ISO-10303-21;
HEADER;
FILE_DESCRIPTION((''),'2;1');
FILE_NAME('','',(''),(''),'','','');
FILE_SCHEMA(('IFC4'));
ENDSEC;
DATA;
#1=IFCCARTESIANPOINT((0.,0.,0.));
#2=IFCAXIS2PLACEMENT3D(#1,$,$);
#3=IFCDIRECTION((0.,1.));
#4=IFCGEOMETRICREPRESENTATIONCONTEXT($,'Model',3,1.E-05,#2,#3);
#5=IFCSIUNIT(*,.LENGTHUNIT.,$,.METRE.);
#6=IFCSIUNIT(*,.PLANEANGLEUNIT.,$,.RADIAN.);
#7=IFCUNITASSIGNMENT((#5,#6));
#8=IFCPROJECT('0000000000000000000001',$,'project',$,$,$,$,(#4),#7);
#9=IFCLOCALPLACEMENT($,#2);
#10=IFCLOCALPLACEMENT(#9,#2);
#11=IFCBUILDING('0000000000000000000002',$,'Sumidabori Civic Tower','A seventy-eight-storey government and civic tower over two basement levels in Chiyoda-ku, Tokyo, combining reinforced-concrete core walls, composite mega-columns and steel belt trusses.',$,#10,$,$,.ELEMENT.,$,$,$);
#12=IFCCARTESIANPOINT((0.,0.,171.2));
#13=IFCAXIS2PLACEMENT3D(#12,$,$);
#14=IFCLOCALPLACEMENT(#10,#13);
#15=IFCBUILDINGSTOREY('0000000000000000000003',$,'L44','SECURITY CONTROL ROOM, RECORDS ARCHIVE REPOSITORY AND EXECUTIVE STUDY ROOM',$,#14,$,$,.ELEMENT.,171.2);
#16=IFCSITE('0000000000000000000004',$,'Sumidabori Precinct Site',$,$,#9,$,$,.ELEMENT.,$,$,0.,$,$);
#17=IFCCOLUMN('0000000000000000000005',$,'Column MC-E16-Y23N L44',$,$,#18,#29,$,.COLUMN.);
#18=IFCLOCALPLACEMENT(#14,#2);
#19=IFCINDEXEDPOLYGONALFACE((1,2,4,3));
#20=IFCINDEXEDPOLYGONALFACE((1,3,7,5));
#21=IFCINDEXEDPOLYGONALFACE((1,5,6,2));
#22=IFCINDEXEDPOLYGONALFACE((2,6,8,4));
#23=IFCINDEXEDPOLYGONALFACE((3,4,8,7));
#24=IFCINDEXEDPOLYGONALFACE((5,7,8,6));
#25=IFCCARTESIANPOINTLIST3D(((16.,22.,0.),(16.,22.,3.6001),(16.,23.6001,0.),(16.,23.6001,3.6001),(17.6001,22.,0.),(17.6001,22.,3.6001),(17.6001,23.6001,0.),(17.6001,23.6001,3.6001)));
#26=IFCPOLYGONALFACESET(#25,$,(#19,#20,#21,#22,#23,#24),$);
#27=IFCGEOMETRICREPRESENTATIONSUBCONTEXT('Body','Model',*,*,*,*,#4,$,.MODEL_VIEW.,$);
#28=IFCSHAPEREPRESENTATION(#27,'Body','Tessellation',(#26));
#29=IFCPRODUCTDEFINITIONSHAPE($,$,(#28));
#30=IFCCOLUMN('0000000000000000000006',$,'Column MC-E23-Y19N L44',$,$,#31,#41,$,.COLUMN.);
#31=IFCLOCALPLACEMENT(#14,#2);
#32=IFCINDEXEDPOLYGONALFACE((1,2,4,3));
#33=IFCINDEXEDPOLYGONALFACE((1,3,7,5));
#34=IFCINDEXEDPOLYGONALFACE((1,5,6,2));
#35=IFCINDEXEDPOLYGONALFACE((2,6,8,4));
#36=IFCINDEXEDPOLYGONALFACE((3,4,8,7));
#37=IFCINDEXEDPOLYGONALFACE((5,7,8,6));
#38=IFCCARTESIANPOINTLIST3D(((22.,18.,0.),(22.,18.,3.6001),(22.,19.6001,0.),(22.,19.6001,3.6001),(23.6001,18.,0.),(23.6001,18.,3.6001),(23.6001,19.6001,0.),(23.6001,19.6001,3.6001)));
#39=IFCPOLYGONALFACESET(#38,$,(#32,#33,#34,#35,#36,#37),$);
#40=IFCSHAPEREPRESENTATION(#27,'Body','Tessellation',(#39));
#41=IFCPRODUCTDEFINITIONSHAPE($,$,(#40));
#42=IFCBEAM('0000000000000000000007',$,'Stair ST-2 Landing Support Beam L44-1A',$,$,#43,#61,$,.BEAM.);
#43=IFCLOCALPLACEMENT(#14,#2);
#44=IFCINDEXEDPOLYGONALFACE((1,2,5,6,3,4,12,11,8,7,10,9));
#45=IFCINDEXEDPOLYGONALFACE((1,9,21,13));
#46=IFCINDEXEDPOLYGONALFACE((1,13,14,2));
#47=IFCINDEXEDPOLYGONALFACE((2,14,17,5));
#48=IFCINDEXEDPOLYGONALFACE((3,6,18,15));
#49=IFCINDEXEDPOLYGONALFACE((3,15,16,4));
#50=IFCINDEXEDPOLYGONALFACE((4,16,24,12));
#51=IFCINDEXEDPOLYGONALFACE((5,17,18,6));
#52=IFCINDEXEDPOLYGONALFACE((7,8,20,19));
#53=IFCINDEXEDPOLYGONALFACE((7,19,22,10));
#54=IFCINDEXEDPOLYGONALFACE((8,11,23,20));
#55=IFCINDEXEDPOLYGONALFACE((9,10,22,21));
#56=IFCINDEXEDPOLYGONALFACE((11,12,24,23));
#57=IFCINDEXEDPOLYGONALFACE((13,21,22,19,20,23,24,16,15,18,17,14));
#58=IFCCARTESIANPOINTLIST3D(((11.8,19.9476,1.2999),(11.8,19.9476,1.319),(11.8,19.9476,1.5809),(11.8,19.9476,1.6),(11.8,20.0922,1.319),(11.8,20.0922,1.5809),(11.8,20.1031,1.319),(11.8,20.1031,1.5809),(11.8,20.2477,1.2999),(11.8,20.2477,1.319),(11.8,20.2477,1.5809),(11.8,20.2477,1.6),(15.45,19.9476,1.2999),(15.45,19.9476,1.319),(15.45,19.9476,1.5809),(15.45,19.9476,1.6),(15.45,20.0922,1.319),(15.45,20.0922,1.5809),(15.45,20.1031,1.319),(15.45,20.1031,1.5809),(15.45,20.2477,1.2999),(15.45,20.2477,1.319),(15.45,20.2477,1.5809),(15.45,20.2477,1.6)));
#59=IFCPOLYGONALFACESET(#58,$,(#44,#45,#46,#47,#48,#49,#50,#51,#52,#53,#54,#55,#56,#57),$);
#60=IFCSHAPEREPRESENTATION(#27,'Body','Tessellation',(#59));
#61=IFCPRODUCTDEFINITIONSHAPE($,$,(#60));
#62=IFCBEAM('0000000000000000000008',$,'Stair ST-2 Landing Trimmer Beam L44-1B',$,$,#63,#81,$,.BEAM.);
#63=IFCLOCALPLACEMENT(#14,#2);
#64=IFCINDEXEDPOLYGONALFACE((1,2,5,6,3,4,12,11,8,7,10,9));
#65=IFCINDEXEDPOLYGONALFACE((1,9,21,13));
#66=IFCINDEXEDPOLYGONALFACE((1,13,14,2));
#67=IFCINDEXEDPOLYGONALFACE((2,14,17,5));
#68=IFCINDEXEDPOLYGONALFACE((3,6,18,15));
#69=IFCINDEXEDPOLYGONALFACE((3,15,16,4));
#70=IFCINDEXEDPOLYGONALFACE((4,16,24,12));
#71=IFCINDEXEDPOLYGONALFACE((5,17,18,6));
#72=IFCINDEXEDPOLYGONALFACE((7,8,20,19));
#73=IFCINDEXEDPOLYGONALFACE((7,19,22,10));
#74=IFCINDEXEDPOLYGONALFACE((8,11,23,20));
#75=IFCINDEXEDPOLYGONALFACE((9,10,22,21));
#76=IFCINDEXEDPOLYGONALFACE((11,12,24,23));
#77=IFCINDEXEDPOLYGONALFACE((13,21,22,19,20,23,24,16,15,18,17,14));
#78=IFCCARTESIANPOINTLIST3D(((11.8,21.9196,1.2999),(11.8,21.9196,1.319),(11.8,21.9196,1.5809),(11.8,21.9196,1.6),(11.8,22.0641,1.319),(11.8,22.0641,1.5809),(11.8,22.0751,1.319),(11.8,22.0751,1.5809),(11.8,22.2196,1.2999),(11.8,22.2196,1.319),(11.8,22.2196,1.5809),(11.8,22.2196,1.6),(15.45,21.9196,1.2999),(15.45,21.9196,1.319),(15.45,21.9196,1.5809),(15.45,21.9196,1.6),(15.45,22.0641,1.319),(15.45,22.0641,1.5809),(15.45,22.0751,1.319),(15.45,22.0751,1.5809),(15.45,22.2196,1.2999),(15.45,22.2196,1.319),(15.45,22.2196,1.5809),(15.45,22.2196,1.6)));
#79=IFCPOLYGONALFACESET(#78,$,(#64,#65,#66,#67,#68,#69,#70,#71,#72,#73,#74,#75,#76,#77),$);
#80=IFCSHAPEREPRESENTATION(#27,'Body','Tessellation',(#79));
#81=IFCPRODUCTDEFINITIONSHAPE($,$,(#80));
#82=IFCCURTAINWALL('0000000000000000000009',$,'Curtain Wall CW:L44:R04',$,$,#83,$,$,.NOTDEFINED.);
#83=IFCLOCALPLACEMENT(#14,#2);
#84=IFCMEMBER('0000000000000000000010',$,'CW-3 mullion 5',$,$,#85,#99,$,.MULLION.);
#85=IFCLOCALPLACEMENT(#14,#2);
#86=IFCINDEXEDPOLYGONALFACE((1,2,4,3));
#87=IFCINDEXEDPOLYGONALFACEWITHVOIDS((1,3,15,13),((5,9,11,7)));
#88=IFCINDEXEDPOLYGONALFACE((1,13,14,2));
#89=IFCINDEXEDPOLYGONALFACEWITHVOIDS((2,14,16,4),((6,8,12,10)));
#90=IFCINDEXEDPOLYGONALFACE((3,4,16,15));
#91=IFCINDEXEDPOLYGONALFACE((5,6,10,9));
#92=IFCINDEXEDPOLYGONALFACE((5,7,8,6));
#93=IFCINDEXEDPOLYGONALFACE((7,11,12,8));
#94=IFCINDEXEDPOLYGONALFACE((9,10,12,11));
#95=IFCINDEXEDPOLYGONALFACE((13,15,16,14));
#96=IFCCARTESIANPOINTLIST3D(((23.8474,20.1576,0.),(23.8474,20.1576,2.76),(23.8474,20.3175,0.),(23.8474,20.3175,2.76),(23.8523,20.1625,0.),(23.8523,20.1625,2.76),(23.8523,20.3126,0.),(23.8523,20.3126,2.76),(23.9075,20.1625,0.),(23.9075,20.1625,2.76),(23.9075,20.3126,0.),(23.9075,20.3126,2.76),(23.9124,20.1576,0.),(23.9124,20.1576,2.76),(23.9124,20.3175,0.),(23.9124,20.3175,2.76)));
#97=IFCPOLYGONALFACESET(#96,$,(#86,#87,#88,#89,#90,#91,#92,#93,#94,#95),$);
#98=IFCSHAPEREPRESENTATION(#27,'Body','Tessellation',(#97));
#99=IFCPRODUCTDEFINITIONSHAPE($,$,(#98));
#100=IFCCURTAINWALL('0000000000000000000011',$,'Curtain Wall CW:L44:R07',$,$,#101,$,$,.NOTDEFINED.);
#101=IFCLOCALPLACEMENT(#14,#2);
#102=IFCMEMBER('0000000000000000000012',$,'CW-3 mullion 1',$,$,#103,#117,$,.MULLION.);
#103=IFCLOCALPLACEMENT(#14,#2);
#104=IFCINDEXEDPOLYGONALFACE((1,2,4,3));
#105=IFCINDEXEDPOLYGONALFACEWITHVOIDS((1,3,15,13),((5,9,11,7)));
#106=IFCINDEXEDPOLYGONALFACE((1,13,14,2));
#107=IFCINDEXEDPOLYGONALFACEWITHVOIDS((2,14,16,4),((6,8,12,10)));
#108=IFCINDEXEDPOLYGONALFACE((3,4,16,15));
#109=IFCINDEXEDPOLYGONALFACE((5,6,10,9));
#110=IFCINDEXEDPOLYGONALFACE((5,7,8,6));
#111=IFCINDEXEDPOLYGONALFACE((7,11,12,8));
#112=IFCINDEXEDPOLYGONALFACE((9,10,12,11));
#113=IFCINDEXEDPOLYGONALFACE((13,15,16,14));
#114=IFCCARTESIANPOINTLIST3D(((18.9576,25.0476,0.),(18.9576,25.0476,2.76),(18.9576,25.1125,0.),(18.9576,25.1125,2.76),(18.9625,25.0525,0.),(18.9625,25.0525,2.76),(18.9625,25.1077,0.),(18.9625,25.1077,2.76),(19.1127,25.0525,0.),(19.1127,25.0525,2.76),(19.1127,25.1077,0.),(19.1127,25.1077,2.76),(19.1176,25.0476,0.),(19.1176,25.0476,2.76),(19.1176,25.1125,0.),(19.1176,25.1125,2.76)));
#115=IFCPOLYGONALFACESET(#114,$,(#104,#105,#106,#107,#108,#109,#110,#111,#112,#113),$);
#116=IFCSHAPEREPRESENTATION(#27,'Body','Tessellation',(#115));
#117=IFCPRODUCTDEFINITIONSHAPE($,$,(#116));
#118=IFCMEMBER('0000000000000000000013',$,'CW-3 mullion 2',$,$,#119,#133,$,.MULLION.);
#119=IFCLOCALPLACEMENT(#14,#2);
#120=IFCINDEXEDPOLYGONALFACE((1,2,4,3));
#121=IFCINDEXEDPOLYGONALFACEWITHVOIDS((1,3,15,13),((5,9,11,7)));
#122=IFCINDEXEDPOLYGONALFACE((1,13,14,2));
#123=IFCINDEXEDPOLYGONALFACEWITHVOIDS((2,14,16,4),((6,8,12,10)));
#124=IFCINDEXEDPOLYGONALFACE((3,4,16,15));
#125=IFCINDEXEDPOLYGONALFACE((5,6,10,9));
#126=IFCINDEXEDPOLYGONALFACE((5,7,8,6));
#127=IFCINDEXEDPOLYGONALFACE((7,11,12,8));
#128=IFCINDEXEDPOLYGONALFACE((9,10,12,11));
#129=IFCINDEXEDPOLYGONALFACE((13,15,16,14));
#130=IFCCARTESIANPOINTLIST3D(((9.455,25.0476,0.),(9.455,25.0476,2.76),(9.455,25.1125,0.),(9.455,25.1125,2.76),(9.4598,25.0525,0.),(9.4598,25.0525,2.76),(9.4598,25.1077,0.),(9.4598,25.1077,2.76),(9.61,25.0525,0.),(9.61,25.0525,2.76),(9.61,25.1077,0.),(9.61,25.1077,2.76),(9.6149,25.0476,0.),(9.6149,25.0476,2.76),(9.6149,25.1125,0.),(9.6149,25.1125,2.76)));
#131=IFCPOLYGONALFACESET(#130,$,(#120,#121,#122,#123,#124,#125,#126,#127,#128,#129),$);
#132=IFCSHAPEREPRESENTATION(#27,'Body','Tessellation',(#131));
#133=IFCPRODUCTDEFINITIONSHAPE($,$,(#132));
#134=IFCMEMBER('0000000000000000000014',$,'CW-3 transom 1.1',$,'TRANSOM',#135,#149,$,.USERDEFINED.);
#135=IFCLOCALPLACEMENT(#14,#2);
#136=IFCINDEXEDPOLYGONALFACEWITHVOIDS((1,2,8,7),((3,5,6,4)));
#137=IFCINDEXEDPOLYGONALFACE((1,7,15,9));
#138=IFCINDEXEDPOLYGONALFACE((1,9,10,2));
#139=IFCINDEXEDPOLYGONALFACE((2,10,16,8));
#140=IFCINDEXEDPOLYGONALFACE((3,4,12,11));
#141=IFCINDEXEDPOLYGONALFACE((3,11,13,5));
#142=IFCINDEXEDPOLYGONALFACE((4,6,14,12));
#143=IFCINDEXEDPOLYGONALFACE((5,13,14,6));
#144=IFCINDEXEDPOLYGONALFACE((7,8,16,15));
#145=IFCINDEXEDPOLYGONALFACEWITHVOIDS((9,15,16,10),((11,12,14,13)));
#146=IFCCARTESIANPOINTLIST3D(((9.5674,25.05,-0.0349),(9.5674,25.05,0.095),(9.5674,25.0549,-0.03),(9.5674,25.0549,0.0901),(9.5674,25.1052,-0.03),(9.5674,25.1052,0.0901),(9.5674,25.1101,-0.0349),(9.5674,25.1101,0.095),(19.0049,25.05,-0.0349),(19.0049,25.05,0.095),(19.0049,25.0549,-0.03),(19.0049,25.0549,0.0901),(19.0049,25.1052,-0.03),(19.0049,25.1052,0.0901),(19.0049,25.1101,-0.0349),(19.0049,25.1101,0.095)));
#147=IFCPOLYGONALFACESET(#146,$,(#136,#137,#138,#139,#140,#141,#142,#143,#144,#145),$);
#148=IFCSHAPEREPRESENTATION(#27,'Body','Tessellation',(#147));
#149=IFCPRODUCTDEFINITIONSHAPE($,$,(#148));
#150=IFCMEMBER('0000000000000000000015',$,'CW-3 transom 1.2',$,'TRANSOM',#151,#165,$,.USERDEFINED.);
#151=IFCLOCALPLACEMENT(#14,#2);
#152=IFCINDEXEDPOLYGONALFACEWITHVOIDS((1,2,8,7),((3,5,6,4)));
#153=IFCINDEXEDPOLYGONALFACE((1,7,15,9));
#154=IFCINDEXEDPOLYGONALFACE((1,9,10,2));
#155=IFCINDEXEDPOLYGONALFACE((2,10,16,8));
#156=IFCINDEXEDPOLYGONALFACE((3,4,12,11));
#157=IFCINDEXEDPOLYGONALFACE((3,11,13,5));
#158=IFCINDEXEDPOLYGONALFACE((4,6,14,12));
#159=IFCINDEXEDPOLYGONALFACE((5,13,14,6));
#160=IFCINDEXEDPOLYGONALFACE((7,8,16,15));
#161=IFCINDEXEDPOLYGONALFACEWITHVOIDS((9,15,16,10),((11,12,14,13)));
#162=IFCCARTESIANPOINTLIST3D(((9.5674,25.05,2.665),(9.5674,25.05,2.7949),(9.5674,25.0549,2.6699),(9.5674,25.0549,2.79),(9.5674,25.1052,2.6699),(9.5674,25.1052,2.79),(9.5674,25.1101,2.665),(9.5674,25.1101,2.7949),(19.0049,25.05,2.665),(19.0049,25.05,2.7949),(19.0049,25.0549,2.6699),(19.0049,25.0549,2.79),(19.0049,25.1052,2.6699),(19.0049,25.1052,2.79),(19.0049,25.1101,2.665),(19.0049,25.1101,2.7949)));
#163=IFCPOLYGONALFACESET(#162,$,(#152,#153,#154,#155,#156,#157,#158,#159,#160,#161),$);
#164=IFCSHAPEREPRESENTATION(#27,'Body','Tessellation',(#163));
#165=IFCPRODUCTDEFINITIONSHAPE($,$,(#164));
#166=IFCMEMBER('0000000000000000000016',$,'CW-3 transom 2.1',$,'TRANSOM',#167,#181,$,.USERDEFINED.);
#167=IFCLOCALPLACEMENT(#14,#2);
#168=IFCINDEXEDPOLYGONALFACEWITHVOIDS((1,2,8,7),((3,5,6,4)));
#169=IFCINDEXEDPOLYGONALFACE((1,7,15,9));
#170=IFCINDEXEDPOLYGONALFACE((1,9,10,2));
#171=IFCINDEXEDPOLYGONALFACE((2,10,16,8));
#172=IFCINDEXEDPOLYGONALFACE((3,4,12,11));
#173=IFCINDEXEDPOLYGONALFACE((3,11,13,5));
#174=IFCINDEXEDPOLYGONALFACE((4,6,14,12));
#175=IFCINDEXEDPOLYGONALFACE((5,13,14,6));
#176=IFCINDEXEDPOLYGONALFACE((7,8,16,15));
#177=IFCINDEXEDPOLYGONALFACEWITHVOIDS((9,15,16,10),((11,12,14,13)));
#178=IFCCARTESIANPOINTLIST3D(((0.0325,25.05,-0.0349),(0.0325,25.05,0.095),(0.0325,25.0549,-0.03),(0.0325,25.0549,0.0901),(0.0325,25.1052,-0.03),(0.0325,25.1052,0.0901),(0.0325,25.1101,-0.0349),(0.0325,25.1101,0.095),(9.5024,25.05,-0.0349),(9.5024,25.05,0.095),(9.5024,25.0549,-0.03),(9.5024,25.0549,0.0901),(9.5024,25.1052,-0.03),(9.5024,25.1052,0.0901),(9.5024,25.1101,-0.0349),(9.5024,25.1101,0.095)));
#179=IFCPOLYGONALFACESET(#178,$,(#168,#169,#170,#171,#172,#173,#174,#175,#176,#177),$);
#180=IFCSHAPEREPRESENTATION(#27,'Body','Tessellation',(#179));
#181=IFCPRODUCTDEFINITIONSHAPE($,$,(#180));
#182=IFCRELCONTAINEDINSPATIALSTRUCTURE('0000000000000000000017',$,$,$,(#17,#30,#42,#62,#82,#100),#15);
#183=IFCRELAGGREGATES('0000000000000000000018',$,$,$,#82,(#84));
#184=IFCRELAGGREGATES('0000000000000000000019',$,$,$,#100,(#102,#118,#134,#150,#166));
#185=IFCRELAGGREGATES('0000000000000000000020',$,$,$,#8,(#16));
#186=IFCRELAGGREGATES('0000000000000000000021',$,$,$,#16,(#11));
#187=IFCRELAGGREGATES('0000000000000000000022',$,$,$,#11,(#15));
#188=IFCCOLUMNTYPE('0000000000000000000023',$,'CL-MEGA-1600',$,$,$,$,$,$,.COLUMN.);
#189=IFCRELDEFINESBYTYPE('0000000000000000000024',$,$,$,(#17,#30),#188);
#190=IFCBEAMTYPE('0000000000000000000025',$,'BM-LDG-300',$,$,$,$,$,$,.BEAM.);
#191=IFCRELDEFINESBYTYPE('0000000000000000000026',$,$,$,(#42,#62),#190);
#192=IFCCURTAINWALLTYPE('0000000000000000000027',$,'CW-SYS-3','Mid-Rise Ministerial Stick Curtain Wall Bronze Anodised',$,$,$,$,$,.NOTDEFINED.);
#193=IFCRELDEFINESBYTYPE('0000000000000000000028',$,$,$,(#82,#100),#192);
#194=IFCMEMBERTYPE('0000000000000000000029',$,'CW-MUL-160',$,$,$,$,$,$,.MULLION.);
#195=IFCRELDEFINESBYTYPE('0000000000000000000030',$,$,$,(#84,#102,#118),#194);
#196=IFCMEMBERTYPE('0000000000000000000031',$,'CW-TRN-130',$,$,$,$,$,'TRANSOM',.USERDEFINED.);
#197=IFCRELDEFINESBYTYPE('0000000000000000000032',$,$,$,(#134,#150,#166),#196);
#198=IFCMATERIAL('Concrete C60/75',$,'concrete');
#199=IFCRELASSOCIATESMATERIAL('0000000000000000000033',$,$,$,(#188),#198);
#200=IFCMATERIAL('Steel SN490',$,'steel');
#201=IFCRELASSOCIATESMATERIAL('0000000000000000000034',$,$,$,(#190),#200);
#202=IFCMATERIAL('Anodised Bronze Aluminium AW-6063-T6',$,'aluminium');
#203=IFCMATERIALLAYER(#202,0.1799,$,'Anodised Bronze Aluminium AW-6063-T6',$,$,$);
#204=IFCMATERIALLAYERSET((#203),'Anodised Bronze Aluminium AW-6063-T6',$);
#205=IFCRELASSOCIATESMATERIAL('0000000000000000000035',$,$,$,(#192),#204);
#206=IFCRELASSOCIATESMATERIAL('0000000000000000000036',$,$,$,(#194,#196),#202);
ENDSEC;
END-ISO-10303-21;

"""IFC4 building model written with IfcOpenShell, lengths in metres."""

from ifc_helpers import new_model, si_unit, direction, frame, origin, origin_2d, place, context, subcontext, project, spatial, rectangle, hollow_rectangle, i_section, extrude, source, transform, mapped, material, layer, layer_set, material_profile, profile_set, type_object, element, aggregate, save


model = new_model("IFC4")

# Units and contexts
model_context = context("Model", 3, precision=1e-05, world=origin(), true_north=direction((0.0, 1.0)))
body_context = subcontext(model_context, "Body", "Model", "MODEL_VIEW")
ifc_project = project(units=[si_unit("LENGTHUNIT", "METRE"), si_unit("PLANEANGLEUNIT", "RADIAN")], contexts=[model_context])

# Site, building, storey
site_placement = place(None, origin())
site = spatial("IfcSite", under=ifc_project, at=site_placement, Name="Sumidabori Precinct Site", CompositionType="ELEMENT", RefElevation=0.0)
building_placement = place(site_placement, origin())
building = spatial("IfcBuilding", under=site, at=building_placement, Name="Sumidabori Civic Tower", Description="A seventy-eight-storey government and civic tower over two basement levels in Chiyoda-ku, Tokyo, combining reinforced-concrete core walls, composite mega-columns and steel belt trusses.", CompositionType="ELEMENT")
storey_placement = place(building_placement, frame((0.0, 0.0, 171.2)))
storey = spatial("IfcBuildingStorey", under=building, at=storey_placement, Name="L44", Description="SECURITY CONTROL ROOM, RECORDS ARCHIVE REPOSITORY AND EXECUTIVE STUDY ROOM", CompositionType="ELEMENT", Elevation=171.2)

# Columns
ifc_material_1 = material(Name="Concrete C60/75", Category="concrete")
ifc_material_profile_1 = material_profile(ifc_material_1, rectangle(XDim=1.6001, YDim=1.6001, at=origin_2d()), Name="RC 1600x1600")
ifc_profile_set_1 = profile_set([ifc_material_profile_1], Name="Concrete C60/75")
column_type = type_object("IfcColumnType", Name="CL-MEGA-1600", PredefinedType="COLUMN", material=ifc_profile_set_1)
shared_shape_1 = source(origin(), body_context, "Body", "SweptSolid", [
    extrude(rectangle(XDim=1.6001, YDim=1.6001, at=origin_2d()), origin(), (0.0, 0.0, 1.0), 3.6001),
])
for number, where, z_axis, x_axis, name in (
    (1, (16.8, 22.8, 0.0), (0.0, 0.0, 1.0), (1.0, 0.0, 0.0), "Column MC-E16-Y23N L44"),
    (2, (22.8, 18.8, 0.0), (0.0, 0.0, 1.0), (1.0, 0.0, 0.0), "Column MC-E23-Y19N L44"),
):
    element("IfcColumn", number, at=place(storey_placement, frame(where, z_axis=z_axis, x_axis=x_axis)), inside=storey, type_object=column_type, Name=name, PredefinedType="COLUMN", context=body_context, shape_type="MappedRepresentation", body=[
        mapped(shared_shape_1, transform((0.0, 0.0, 0.0), x_axis=(1.0, 0.0, 0.0), y_axis=(0.0, 1.0, 0.0), z_axis=(0.0, 0.0, 1.0), scale=1.0)),
    ])

# Beams
ifc_material_2 = material(Name="Steel SN490", Category="steel")
ifc_material_profile_2 = material_profile(ifc_material_2, i_section(OverallWidth=0.3, OverallDepth=0.3, WebThickness=0.011, FlangeThickness=0.019, at=origin_2d()), Name="HE 300 B")
ifc_profile_set_2 = profile_set([ifc_material_profile_2], Name="Steel SN490")
beam_type = type_object("IfcBeamType", Name="BM-LDG-300", PredefinedType="BEAM", material=ifc_profile_set_2)
shared_shape_2 = source(origin(), body_context, "Body", "SweptSolid", [
    extrude(i_section(OverallWidth=0.3, OverallDepth=0.3, WebThickness=0.011, FlangeThickness=0.019, at=origin_2d()), origin(), (0.0, 0.0, 1.0), 3.6499),
])
for number, where, z_axis, x_axis, name in (
    (3, (11.8, 20.0977, 1.45), (1.0, 0.0, 0.0), (0.0, 1.0, 0.0), "Stair ST-2 Landing Support Beam L44-1A"),
    (4, (11.8, 22.0696, 1.45), (1.0, 0.0, 0.0), (0.0, 1.0, 0.0), "Stair ST-2 Landing Trimmer Beam L44-1B"),
):
    element("IfcBeam", number, at=place(storey_placement, frame(where, z_axis=z_axis, x_axis=x_axis)), inside=storey, type_object=beam_type, Name=name, PredefinedType="BEAM", context=body_context, shape_type="MappedRepresentation", body=[
        mapped(shared_shape_2, transform((0.0, 0.0, 0.0), x_axis=(1.0, 0.0, 0.0), y_axis=(0.0, 1.0, 0.0), z_axis=(0.0, 0.0, 1.0), scale=1.0)),
    ])

# Curtain wall, member
ifc_material_3 = material(Name="Anodised Bronze Aluminium AW-6063-T6", Category="aluminium")
ifc_layer_1 = layer(ifc_material_3, 0.1799, Name="Anodised Bronze Aluminium AW-6063-T6")
ifc_layer_set_1 = layer_set([ifc_layer_1], Name="Anodised Bronze Aluminium AW-6063-T6")
curtain_wall_type = type_object("IfcCurtainWallType", Name="CW-SYS-3", Description="Mid-Rise Ministerial Stick Curtain Wall Bronze Anodised", PredefinedType="NOTDEFINED", material=ifc_layer_set_1)
curtain_wall_1_placement = place(storey_placement, origin())
curtain_wall_1 = element("IfcCurtainWall", 5, at=curtain_wall_1_placement, inside=storey, type_object=curtain_wall_type, Name="Curtain Wall CW:L44:R04", PredefinedType="NOTDEFINED")
ifc_material_profile_3 = material_profile(ifc_material_3, hollow_rectangle(XDim=0.0649, YDim=0.1599, WallThickness=0.0049, at=origin_2d()), Name="ALU MULLION 160x65")
ifc_profile_set_3 = profile_set([ifc_material_profile_3], Name="Anodised Bronze Aluminium AW-6063-T6")
member_type_1 = type_object("IfcMemberType", Name="CW-MUL-160", PredefinedType="MULLION", material=ifc_profile_set_3)
shared_shape_3 = source(origin(), body_context, "Body", "SweptSolid", [
    extrude(hollow_rectangle(XDim=0.0649, YDim=0.1599, WallThickness=0.0049, at=origin_2d()), origin(), (0.0, 0.0, 1.0), 2.76),
])
member_1_placement = place(storey_placement, frame((23.8799, 20.2375, 0.0), z_axis=(0.0, 0.0, 1.0), x_axis=(-1.0, 0.0, 0.0)))
member_1 = element("IfcMember", 6, at=member_1_placement, type_object=member_type_1, Name="CW-3 mullion 5", PredefinedType="MULLION", context=body_context, shape_type="MappedRepresentation", body=[
    mapped(shared_shape_3, transform((0.0, 0.0, 0.0), x_axis=(1.0, 0.0, 0.0), y_axis=(0.0, 1.0, 0.0), z_axis=(0.0, 0.0, 1.0), scale=1.0)),
])

# Curtain wall, members
curtain_wall_2_placement = place(storey_placement, origin())
curtain_wall_2 = element("IfcCurtainWall", 7, at=curtain_wall_2_placement, inside=storey, type_object=curtain_wall_type, Name="Curtain Wall CW:L44:R07", PredefinedType="NOTDEFINED")
member_2_placement = place(storey_placement, frame((19.0376, 25.0801, 0.0), z_axis=(0.0, 0.0, 1.0), x_axis=(0.0, -1.0, 0.0)))
member_2 = element("IfcMember", 8, at=member_2_placement, type_object=member_type_1, Name="CW-3 mullion 1", PredefinedType="MULLION", context=body_context, shape_type="MappedRepresentation", body=[
    mapped(shared_shape_3, transform((0.0, 0.0, 0.0), x_axis=(1.0, 0.0, 0.0), y_axis=(0.0, 1.0, 0.0), z_axis=(0.0, 0.0, 1.0), scale=1.0)),
])
member_3_placement = place(storey_placement, frame((9.5349, 25.0801, 0.0), z_axis=(0.0, 0.0, 1.0), x_axis=(0.0, -1.0, 0.0)))
member_3 = element("IfcMember", 9, at=member_3_placement, type_object=member_type_1, Name="CW-3 mullion 2", PredefinedType="MULLION", context=body_context, shape_type="MappedRepresentation", body=[
    mapped(shared_shape_3, transform((0.0, 0.0, 0.0), x_axis=(1.0, 0.0, 0.0), y_axis=(0.0, 1.0, 0.0), z_axis=(0.0, 0.0, 1.0), scale=1.0)),
])
ifc_material_profile_4 = material_profile(ifc_material_3, hollow_rectangle(XDim=0.0601, YDim=0.1299, WallThickness=0.0049, at=origin_2d()), Name="ALU TRANSOM 130x60")
ifc_profile_set_4 = profile_set([ifc_material_profile_4], Name="Anodised Bronze Aluminium AW-6063-T6")
member_type_2 = type_object("IfcMemberType", Name="CW-TRN-130", ElementType="TRANSOM", PredefinedType="USERDEFINED", material=ifc_profile_set_4)
shared_shape_4 = source(origin(), body_context, "Body", "SweptSolid", [
    extrude(hollow_rectangle(XDim=0.0601, YDim=0.1299, WallThickness=0.0049, at=origin_2d()), origin(), (0.0, 0.0, 1.0), 9.4375),
])
member_4_placement = place(storey_placement, frame((19.0049, 25.0801, 0.03), z_axis=(-1.0, 0.0, 0.0), x_axis=(0.0, -1.0, 0.0)))
member_4 = element("IfcMember", 10, at=member_4_placement, type_object=member_type_2, Name="CW-3 transom 1.1", ObjectType="TRANSOM", PredefinedType="USERDEFINED", context=body_context, shape_type="MappedRepresentation", body=[
    mapped(shared_shape_4, transform((0.0, 0.0, 0.0), x_axis=(1.0, 0.0, 0.0), y_axis=(0.0, 1.0, 0.0), z_axis=(0.0, 0.0, 1.0), scale=1.0)),
])
member_5_placement = place(storey_placement, frame((19.0049, 25.0801, 2.73), z_axis=(-1.0, 0.0, 0.0), x_axis=(0.0, -1.0, 0.0)))
member_5 = element("IfcMember", 11, at=member_5_placement, type_object=member_type_2, Name="CW-3 transom 1.2", ObjectType="TRANSOM", PredefinedType="USERDEFINED", context=body_context, shape_type="MappedRepresentation", body=[
    mapped(shared_shape_4, transform((0.0, 0.0, 0.0), x_axis=(1.0, 0.0, 0.0), y_axis=(0.0, 1.0, 0.0), z_axis=(0.0, 0.0, 1.0), scale=1.0)),
])
shared_shape_5 = source(origin(), body_context, "Body", "SweptSolid", [
    extrude(hollow_rectangle(XDim=0.0601, YDim=0.1299, WallThickness=0.0049, at=origin_2d()), origin(), (0.0, 0.0, 1.0), 9.47),
])
member_6_placement = place(storey_placement, frame((9.5024, 25.0801, 0.03), z_axis=(-1.0, 0.0, 0.0), x_axis=(0.0, -1.0, 0.0)))
member_6 = element("IfcMember", 12, at=member_6_placement, type_object=member_type_2, Name="CW-3 transom 2.1", ObjectType="TRANSOM", PredefinedType="USERDEFINED", context=body_context, shape_type="MappedRepresentation", body=[
    mapped(shared_shape_5, transform((0.0, 0.0, 0.0), x_axis=(1.0, 0.0, 0.0), y_axis=(0.0, 1.0, 0.0), z_axis=(0.0, 0.0, 1.0), scale=1.0)),
])

aggregate(curtain_wall_1, [member_1])
aggregate(curtain_wall_2, [member_2, member_3, member_4, member_5, member_6])

save(model, "model.ifc")
